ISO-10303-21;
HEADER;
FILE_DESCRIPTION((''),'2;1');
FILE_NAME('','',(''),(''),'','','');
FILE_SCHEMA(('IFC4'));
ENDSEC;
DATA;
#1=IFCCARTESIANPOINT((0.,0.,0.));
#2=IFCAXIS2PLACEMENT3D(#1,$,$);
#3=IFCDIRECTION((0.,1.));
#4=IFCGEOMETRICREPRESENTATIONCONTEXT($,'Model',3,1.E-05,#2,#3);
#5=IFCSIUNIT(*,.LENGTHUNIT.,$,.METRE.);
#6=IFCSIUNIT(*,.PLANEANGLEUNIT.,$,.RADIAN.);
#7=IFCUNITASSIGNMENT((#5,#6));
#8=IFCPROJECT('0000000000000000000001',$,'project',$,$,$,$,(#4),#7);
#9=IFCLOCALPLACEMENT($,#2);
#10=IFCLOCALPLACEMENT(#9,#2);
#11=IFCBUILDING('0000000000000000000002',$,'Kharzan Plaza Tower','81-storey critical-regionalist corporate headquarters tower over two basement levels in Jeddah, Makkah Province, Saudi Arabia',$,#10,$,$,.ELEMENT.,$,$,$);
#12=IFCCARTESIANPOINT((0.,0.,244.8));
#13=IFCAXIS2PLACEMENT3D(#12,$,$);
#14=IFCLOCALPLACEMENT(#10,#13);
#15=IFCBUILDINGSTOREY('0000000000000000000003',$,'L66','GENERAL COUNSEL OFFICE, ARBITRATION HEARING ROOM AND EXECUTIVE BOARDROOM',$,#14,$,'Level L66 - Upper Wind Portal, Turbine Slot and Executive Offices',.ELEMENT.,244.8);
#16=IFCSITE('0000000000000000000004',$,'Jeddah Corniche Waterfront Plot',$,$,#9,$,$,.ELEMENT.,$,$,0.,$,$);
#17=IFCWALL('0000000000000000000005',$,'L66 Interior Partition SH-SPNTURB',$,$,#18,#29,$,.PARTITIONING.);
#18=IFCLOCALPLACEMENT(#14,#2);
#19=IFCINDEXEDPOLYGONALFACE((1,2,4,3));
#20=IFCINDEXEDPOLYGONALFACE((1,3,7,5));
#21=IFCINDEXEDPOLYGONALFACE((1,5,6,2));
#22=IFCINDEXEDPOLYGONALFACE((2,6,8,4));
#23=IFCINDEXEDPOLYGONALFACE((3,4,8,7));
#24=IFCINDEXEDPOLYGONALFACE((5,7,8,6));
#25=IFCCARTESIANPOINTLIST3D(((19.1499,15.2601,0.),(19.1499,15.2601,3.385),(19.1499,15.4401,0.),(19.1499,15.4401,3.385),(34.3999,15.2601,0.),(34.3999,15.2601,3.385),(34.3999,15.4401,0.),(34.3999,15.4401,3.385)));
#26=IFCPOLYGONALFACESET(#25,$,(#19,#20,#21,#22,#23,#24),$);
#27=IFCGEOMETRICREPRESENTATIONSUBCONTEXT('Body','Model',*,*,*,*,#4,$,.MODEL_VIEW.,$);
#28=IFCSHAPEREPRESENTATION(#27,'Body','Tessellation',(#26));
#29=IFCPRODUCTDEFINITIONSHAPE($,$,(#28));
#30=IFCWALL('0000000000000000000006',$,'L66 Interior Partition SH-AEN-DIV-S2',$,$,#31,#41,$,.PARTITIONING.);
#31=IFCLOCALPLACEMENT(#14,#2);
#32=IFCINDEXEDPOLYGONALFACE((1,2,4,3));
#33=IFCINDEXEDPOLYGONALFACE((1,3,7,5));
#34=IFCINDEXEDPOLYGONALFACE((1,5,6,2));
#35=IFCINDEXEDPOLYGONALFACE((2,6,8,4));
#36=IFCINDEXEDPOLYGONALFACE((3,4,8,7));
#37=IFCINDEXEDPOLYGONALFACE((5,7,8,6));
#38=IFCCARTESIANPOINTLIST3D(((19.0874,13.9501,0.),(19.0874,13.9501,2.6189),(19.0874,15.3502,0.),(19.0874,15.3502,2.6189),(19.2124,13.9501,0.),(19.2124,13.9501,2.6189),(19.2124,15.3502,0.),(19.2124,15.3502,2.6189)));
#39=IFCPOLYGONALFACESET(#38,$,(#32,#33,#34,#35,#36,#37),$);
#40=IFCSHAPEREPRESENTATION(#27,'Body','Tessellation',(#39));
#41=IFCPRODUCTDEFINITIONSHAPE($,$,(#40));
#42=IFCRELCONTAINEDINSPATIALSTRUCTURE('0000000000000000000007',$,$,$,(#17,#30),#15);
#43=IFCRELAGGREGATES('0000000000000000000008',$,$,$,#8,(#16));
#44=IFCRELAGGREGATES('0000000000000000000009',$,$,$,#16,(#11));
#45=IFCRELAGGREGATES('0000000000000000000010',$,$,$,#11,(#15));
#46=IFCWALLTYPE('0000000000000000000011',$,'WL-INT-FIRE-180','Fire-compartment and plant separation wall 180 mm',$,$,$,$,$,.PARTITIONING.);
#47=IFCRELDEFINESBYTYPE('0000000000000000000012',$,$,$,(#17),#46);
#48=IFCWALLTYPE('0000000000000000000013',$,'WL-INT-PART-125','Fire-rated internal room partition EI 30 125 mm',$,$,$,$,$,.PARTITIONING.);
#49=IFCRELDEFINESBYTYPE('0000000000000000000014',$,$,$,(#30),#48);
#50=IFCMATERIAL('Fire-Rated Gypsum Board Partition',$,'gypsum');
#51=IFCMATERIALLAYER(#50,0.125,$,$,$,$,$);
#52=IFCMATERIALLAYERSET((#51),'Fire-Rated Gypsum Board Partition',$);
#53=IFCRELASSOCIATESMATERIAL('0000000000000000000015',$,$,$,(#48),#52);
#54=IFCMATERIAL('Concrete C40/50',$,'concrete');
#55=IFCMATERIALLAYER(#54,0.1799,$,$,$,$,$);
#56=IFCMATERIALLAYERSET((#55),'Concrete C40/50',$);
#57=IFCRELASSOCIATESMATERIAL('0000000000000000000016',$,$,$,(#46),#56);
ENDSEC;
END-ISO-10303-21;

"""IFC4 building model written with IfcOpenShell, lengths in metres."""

from ifc_helpers import new_model, si_unit, direction, frame, frame_2d, origin, place, context, subcontext, project, spatial, rectangle, extrude, source, transform, mapped, material, layer, layer_set, type_object, element, save


model = new_model("IFC4")

# Units and contexts
model_context = context("Model", 3, precision=1e-05, world=origin(), true_north=direction((0.0, 1.0)))
body_context = subcontext(model_context, "Body", "Model", "MODEL_VIEW")
ifc_project = project(units=[si_unit("LENGTHUNIT", "METRE"), si_unit("PLANEANGLEUNIT", "RADIAN")], contexts=[model_context])

# Site, building, storey
site_placement = place(None, origin())
site = spatial("IfcSite", under=ifc_project, at=site_placement, Name="Jeddah Corniche Waterfront Plot", CompositionType="ELEMENT", RefElevation=0.0)
building_placement = place(site_placement, origin())
building = spatial("IfcBuilding", under=site, at=building_placement, Name="Kharzan Plaza Tower", Description="81-storey critical-regionalist corporate headquarters tower over two basement levels in Jeddah, Makkah Province, Saudi Arabia", CompositionType="ELEMENT")
storey_placement = place(building_placement, frame((0.0, 0.0, 244.8)))
storey = spatial("IfcBuildingStorey", under=building, at=storey_placement, Name="L66", Description="GENERAL COUNSEL OFFICE, ARBITRATION HEARING ROOM AND EXECUTIVE BOARDROOM", LongName="Level L66 - Upper Wind Portal, Turbine Slot and Executive Offices", CompositionType="ELEMENT", Elevation=244.8)

# Shared definitions
ifc_material_1 = material(Name="Fire-Rated Gypsum Board Partition", Category="gypsum")
ifc_layer_1 = layer(ifc_material_1, 0.125)
ifc_layer_set_1 = layer_set([ifc_layer_1], Name="Fire-Rated Gypsum Board Partition")
wall_type_1 = type_object("IfcWallType", Name="WL-INT-PART-125", Description="Fire-rated internal room partition EI 30 125 mm", PredefinedType="PARTITIONING", material=ifc_layer_set_1)

# Walls
ifc_material_2 = material(Name="Concrete C40/50", Category="concrete")
ifc_layer_2 = layer(ifc_material_2, 0.1799)
ifc_layer_set_2 = layer_set([ifc_layer_2], Name="Concrete C40/50")
wall_type_2 = type_object("IfcWallType", Name="WL-INT-FIRE-180", Description="Fire-compartment and plant separation wall 180 mm", PredefinedType="PARTITIONING", material=ifc_layer_set_2)
shared_shape_1 = source(origin(), body_context, "Body", "SweptSolid", [
    extrude(rectangle(XDim=15.25, YDim=0.1799, at=frame_2d((7.625, 0.0))), origin(), (0.0, 0.0, 1.0), 3.385),
])
wall_1_placement = place(storey_placement, frame((19.1499, 15.3501, 0.0), z_axis=(0.0, 0.0, 1.0), x_axis=(1.0, 0.0, 0.0)))
element("IfcWall", 1, at=wall_1_placement, inside=storey, type_object=wall_type_2, Name="L66 Interior Partition SH-SPNTURB", PredefinedType="PARTITIONING", context=body_context, shape_type="MappedRepresentation", body=[
    mapped(shared_shape_1, transform((0.0, 0.0, 0.0), x_axis=(1.0, 0.0, 0.0), y_axis=(0.0, 1.0, 0.0), z_axis=(0.0, 0.0, 1.0))),
])
shared_shape_2 = source(origin(), body_context, "Body", "SweptSolid", [
    extrude(rectangle(XDim=1.4001, YDim=0.125, at=frame_2d((0.7002, 0.0))), origin(), (0.0, 0.0, 1.0), 2.6189),
])
wall_2_placement = place(storey_placement, frame((19.1499, 13.95, 0.0), z_axis=(0.0, 0.0, 1.0), x_axis=(0.0, 1.0, 0.0)))
element("IfcWall", 2, at=wall_2_placement, inside=storey, type_object=wall_type_1, Name="L66 Interior Partition SH-AEN-DIV-S2", PredefinedType="PARTITIONING", context=body_context, shape_type="MappedRepresentation", body=[
    mapped(shared_shape_2, transform((0.0, 0.0, 0.0), x_axis=(1.0, 0.0, 0.0), y_axis=(0.0, 1.0, 0.0), z_axis=(0.0, 0.0, 1.0))),
])

save(model, "model.ifc")
